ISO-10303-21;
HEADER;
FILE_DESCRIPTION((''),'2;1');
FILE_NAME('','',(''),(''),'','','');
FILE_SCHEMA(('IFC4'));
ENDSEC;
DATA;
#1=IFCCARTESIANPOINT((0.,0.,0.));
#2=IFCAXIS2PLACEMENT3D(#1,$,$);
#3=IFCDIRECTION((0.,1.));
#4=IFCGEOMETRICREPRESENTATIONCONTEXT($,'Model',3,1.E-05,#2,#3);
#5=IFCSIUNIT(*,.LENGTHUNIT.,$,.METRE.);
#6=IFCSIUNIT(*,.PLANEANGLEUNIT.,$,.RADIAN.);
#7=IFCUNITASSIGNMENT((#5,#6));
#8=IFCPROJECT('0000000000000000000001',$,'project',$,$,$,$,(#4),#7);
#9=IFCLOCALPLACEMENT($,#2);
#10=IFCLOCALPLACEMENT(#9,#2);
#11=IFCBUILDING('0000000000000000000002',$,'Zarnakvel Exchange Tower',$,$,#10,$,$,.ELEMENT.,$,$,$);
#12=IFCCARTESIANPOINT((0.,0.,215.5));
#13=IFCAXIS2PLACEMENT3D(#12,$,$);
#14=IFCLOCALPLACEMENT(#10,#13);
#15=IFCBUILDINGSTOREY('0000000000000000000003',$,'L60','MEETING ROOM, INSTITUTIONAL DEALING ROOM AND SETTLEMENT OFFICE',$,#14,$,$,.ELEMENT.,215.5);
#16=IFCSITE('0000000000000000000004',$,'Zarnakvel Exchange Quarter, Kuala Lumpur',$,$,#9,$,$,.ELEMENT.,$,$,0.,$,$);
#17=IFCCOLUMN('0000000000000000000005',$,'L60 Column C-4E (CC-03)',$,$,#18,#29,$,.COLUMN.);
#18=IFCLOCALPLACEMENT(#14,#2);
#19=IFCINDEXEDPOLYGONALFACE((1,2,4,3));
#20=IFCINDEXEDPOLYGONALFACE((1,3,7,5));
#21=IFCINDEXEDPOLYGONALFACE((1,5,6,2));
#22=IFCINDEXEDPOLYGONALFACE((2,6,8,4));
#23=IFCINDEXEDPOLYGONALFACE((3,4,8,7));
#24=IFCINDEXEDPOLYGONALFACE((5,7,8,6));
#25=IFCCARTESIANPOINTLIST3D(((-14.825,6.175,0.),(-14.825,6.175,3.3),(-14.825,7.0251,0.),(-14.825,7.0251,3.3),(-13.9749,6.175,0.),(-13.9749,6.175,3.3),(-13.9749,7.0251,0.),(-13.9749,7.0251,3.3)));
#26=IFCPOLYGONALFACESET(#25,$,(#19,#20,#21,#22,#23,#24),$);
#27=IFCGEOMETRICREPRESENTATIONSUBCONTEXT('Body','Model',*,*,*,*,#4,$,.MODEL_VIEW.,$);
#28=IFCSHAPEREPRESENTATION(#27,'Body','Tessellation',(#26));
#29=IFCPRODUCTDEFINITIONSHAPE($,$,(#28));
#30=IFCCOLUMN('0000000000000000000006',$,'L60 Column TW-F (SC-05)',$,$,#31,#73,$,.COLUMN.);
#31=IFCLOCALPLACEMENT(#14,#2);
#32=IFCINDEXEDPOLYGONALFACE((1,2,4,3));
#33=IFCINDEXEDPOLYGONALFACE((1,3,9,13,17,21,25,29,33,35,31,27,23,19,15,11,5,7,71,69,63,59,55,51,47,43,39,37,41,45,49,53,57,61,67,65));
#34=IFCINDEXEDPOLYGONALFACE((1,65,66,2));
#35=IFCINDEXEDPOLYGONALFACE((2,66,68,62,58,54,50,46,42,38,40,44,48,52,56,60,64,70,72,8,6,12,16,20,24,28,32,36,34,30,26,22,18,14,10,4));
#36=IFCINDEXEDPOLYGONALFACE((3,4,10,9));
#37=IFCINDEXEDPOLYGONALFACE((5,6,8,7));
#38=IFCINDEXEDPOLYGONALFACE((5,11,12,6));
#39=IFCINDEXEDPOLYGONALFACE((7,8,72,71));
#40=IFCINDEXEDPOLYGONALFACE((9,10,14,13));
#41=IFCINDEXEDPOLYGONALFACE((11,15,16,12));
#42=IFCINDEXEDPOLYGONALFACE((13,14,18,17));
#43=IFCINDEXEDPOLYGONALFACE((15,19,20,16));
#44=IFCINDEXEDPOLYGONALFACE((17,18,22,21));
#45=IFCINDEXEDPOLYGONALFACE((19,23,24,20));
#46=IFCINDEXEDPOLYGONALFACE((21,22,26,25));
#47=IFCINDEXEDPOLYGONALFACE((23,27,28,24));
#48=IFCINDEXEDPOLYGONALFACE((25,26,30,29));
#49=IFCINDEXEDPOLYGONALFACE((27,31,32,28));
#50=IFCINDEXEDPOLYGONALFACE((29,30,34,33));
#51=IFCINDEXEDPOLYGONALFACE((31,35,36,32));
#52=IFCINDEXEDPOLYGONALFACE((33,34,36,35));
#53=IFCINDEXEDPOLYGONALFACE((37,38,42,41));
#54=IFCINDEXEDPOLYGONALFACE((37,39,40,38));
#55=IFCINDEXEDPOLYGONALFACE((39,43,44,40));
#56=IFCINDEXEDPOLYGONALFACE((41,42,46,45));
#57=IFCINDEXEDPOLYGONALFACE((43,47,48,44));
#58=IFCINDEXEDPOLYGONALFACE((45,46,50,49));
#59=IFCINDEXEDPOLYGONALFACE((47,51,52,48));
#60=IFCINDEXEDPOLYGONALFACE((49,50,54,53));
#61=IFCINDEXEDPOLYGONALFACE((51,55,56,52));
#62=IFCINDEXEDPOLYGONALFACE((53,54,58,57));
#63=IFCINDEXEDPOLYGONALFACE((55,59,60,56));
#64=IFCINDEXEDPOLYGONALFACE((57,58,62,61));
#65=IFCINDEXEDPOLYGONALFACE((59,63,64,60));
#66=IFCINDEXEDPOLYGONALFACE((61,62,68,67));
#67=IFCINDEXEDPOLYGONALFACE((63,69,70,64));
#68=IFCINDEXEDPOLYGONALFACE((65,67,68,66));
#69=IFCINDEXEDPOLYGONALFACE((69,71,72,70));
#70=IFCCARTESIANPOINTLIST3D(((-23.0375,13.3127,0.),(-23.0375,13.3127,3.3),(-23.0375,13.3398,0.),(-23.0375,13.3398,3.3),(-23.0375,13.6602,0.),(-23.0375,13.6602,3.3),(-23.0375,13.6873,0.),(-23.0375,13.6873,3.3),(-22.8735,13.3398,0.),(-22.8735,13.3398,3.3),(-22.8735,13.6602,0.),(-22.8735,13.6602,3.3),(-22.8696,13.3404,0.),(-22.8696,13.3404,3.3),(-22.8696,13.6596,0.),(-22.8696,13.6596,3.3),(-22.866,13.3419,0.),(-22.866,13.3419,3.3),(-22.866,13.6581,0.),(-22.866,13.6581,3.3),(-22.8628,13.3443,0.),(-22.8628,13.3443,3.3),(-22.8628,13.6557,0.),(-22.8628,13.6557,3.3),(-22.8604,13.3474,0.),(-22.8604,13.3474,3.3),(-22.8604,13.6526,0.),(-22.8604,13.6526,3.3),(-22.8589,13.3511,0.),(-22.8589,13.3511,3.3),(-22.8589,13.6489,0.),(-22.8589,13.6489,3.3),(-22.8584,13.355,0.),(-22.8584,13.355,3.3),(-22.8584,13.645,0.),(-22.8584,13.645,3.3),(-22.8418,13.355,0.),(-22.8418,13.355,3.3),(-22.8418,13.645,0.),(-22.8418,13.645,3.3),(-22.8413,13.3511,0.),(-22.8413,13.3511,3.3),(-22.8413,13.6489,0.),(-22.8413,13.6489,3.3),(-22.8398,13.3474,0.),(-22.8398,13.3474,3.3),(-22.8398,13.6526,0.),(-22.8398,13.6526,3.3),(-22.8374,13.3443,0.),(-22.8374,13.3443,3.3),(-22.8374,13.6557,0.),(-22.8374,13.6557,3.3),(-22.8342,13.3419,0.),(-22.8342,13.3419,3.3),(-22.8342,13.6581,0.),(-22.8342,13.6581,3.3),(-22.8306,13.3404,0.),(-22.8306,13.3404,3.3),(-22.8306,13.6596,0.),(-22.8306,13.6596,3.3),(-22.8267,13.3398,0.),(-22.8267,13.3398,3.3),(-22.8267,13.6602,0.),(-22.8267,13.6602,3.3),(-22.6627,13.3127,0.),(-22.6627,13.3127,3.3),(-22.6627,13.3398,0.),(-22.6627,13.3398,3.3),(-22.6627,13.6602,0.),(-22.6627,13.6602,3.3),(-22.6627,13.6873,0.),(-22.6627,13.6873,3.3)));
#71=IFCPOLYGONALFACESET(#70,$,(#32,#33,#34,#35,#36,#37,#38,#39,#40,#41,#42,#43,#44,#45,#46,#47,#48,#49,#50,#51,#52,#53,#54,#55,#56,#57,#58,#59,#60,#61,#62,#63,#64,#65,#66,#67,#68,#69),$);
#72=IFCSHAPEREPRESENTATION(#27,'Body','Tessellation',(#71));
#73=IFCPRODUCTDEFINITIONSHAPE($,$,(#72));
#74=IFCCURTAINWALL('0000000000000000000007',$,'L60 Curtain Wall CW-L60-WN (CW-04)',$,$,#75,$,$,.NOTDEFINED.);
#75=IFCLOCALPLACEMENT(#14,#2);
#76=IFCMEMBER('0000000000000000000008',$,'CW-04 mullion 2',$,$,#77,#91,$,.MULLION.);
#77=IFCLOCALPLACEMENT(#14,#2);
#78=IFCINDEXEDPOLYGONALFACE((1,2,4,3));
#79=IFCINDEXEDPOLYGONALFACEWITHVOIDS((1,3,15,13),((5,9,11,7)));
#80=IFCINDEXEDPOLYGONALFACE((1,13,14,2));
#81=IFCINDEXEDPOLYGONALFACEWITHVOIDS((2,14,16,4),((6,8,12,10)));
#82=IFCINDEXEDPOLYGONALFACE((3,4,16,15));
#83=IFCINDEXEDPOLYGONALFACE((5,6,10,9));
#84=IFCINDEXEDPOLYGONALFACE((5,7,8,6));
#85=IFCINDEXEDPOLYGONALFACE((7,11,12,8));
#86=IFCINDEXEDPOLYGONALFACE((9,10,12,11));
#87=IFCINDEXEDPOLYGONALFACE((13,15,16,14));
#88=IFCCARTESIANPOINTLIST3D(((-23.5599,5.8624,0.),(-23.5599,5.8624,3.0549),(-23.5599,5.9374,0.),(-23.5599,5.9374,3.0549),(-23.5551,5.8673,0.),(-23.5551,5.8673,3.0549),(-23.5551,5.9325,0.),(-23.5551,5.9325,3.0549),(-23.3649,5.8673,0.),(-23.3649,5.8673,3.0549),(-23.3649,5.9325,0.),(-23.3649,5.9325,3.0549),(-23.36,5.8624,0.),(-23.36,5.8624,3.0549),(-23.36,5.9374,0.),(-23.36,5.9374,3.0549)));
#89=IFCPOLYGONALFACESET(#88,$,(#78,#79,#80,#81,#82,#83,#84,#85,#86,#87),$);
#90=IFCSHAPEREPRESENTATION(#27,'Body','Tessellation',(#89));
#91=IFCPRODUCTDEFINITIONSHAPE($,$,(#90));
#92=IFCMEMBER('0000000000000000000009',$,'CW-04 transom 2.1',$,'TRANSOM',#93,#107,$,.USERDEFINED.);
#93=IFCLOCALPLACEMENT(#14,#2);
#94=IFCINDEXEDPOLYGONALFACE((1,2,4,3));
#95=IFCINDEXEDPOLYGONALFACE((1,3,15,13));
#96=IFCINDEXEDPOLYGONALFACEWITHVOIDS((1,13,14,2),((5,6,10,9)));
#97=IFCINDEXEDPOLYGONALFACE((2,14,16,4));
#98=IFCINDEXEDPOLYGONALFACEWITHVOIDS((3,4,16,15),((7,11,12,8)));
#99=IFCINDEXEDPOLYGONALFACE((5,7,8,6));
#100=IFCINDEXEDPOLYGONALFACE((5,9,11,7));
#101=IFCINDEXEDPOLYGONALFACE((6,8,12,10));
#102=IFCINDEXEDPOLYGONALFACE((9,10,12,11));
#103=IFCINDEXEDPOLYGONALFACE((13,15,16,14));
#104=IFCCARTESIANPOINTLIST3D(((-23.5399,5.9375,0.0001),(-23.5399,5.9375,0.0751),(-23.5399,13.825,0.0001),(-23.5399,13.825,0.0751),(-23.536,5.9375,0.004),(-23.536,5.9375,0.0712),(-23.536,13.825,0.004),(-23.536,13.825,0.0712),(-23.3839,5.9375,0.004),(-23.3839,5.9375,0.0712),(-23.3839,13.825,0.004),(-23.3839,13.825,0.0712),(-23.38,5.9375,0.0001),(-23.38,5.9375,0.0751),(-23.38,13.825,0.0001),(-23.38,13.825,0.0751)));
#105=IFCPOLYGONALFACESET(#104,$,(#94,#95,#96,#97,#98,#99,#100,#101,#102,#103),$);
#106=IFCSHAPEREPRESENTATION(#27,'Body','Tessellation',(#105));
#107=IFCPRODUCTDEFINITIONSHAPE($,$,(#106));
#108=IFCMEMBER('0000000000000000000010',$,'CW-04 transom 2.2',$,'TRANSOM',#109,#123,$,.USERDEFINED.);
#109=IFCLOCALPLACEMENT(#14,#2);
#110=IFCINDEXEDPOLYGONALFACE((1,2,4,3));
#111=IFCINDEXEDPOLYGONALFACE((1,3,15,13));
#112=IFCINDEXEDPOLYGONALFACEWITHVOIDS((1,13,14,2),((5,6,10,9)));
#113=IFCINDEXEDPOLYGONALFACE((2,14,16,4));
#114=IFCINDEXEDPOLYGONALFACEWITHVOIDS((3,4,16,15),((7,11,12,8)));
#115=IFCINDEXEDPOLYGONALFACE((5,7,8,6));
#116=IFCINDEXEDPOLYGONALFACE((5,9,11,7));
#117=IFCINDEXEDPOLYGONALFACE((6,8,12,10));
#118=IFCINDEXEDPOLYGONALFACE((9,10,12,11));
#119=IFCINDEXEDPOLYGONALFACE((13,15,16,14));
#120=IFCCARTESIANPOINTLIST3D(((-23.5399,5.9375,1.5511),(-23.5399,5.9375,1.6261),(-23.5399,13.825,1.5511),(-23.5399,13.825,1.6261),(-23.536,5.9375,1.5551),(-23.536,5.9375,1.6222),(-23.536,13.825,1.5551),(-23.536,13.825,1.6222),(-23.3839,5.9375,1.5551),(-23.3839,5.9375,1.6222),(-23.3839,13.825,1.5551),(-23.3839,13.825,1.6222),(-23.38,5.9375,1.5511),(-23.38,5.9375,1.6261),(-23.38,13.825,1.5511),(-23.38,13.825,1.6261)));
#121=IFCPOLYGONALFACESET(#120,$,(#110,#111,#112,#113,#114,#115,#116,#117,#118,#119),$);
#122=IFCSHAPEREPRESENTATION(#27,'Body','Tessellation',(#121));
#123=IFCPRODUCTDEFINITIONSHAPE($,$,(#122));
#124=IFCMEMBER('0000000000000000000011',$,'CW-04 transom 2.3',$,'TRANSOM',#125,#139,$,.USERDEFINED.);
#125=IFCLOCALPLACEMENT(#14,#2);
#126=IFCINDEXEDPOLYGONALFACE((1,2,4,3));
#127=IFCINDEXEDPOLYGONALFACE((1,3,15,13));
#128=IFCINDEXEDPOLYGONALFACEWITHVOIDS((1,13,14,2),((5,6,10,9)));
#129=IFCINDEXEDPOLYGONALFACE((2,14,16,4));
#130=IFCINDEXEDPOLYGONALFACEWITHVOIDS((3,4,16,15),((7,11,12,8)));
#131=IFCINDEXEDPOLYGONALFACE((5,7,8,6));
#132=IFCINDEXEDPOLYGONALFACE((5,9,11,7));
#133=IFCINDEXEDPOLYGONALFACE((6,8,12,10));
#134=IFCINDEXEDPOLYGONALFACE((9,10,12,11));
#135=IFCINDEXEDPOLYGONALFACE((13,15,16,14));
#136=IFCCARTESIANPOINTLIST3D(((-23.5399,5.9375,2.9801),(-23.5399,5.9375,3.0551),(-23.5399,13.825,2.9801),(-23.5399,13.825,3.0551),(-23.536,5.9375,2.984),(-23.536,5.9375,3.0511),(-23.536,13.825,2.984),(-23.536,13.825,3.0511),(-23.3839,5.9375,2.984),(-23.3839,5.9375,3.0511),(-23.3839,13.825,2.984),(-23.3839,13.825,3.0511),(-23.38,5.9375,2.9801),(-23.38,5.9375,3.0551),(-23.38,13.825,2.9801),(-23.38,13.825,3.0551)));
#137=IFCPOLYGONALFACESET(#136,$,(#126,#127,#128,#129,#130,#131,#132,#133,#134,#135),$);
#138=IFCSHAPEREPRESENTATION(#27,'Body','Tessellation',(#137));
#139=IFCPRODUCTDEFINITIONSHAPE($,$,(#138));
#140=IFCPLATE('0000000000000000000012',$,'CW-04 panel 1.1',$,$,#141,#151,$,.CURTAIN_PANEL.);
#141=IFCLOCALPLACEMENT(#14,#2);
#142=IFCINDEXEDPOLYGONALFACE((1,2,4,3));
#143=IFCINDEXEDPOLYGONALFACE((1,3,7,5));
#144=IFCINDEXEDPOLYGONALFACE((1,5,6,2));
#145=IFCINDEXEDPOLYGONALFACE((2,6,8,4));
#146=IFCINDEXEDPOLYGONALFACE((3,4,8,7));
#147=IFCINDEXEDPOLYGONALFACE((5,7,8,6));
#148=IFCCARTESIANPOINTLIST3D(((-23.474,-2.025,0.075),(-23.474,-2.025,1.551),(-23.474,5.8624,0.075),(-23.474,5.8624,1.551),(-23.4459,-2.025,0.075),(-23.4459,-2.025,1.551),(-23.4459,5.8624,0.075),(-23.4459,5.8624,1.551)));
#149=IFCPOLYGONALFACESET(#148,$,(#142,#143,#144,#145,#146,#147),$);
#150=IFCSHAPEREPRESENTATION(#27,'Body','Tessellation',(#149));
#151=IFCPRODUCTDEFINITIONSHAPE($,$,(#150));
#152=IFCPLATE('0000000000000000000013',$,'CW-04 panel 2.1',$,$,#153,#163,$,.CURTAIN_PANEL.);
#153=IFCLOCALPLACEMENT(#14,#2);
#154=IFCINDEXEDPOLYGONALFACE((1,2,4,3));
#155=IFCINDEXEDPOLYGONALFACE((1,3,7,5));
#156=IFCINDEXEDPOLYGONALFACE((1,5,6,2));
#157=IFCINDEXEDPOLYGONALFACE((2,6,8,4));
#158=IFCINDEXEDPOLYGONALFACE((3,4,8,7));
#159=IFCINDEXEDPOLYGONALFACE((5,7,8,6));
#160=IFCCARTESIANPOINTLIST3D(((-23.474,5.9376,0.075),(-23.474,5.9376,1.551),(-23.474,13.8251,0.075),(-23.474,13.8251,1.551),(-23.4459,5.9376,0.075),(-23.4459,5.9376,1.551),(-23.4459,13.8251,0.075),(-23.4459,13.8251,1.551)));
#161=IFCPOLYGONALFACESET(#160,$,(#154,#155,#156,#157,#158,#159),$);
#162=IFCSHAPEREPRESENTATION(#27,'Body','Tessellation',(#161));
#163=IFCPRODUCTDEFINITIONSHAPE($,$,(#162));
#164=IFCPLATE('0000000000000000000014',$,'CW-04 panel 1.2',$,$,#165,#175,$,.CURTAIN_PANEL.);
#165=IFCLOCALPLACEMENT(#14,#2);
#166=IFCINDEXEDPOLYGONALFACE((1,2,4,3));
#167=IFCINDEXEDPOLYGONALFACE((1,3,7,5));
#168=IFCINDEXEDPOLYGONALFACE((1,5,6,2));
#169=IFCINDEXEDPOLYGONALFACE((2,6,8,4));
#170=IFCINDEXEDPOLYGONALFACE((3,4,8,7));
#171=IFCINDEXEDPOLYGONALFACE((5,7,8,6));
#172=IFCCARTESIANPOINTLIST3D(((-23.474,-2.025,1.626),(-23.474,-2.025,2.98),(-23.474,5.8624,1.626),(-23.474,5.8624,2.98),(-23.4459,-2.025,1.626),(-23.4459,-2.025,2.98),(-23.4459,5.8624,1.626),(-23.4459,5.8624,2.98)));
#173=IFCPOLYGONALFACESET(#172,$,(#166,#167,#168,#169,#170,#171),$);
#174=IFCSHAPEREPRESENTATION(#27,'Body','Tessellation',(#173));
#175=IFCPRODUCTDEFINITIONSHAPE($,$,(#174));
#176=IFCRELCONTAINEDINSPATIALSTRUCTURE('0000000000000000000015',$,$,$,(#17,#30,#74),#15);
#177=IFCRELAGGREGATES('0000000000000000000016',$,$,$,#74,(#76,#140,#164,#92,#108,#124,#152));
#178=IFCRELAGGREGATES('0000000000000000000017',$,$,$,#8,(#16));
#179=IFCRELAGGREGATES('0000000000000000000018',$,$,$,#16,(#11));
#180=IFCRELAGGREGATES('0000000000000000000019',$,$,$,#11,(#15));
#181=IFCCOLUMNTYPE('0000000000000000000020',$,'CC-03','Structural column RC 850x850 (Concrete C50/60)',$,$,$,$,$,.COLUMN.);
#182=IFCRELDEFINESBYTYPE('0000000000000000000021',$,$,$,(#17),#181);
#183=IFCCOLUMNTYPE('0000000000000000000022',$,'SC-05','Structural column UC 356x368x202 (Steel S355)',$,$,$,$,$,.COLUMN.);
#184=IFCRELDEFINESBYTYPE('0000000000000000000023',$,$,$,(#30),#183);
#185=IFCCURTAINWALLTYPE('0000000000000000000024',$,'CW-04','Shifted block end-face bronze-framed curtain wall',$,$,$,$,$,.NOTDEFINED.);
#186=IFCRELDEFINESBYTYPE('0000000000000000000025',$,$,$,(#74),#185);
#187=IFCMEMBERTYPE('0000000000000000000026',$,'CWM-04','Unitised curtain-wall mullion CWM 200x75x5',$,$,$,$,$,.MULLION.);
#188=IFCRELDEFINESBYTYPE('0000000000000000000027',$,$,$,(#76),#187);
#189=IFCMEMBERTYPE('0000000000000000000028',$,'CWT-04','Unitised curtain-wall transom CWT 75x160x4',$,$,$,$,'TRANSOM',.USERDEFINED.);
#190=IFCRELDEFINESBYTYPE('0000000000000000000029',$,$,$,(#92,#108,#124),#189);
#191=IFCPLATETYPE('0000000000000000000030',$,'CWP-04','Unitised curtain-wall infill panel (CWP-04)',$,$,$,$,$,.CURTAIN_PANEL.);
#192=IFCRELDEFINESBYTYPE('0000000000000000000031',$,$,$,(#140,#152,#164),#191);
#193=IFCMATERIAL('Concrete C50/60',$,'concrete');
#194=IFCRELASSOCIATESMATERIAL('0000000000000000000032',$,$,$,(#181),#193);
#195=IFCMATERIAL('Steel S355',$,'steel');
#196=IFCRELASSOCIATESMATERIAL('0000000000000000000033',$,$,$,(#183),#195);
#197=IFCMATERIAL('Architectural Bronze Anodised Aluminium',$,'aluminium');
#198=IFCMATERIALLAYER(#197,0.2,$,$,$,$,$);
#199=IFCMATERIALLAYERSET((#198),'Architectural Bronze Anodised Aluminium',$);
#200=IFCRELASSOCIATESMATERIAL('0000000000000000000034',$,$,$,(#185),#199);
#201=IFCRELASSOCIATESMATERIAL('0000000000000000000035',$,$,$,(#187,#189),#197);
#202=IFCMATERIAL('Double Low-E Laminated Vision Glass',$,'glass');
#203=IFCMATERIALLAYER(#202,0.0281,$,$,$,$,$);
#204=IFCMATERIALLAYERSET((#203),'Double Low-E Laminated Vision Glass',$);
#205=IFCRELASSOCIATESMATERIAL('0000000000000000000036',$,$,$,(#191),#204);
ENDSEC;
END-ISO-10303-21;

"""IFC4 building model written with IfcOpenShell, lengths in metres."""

from ifc_helpers import new_model, si_unit, direction, frame, origin, origin_2d, place, context, subcontext, project, spatial, rectangle, hollow_rectangle, i_section, extrude, source, transform, mapped, material, layer, layer_set, material_profile, profile_set, type_object, element, aggregate, save


model = new_model("IFC4")

# Units and contexts
model_context = context("Model", 3, precision=1e-05, world=origin(), true_north=direction((0.0, 1.0)))
body_context = subcontext(model_context, "Body", "Model", "MODEL_VIEW")
ifc_project = project(units=[si_unit("LENGTHUNIT", "METRE"), si_unit("PLANEANGLEUNIT", "RADIAN")], contexts=[model_context])

# Site, building, storey
site_placement = place(None, origin())
site = spatial("IfcSite", under=ifc_project, at=site_placement, Name="Zarnakvel Exchange Quarter, Kuala Lumpur", CompositionType="ELEMENT", RefElevation=0.0)
building_placement = place(site_placement, origin())
building = spatial("IfcBuilding", under=site, at=building_placement, Name="Zarnakvel Exchange Tower", CompositionType="ELEMENT")
storey_placement = place(building_placement, frame((0.0, 0.0, 215.5)))
storey = spatial("IfcBuildingStorey", under=building, at=storey_placement, Name="L60", Description="MEETING ROOM, INSTITUTIONAL DEALING ROOM AND SETTLEMENT OFFICE", CompositionType="ELEMENT", Elevation=215.5)

# Columns
ifc_material_1 = material(Name="Concrete C50/60", Category="concrete")
ifc_material_profile_1 = material_profile(ifc_material_1, rectangle(XDim=0.8501, YDim=0.8501, at=origin_2d()))
ifc_profile_set_1 = profile_set([ifc_material_profile_1], Name="Concrete C50/60")
column_type_1 = type_object("IfcColumnType", Name="CC-03", Description="Structural column RC 850x850 (Concrete C50/60)", PredefinedType="COLUMN", material=ifc_profile_set_1)
column_1_placement = place(storey_placement, frame((-14.3999, 6.6001, 0.0), z_axis=(0.0, 0.0, 1.0), x_axis=(1.0, 0.0, 0.0)))
element("IfcColumn", 1, at=column_1_placement, inside=storey, type_object=column_type_1, Name="L60 Column C-4E (CC-03)", PredefinedType="COLUMN", context=body_context, shape_type="SweptSolid", body=[
    extrude(rectangle(XDim=0.8501, YDim=0.8501, at=origin_2d()), origin(), (0.0, 0.0, 1.0), 3.3),
])
ifc_material_2 = material(Name="Steel S355", Category="steel")
ifc_material_profile_2 = material_profile(ifc_material_2, i_section(OverallWidth=0.3748, OverallDepth=0.3745, WebThickness=0.0166, FlangeThickness=0.0271, FilletRadius=0.0151, at=origin_2d()))
ifc_profile_set_2 = profile_set([ifc_material_profile_2], Name="Steel S355")
column_type_2 = type_object("IfcColumnType", Name="SC-05", Description="Structural column UC 356x368x202 (Steel S355)", PredefinedType="COLUMN", material=ifc_profile_set_2)
column_2_placement = place(storey_placement, frame((-22.8501, 13.5, 0.0), z_axis=(0.0, 0.0, 1.0), x_axis=(1.0, 0.0, 0.0)))
element("IfcColumn", 2, at=column_2_placement, inside=storey, type_object=column_type_2, Name="L60 Column TW-F (SC-05)", PredefinedType="COLUMN", context=body_context, shape_type="SweptSolid", body=[
    extrude(i_section(OverallWidth=0.3748, OverallDepth=0.3745, WebThickness=0.0166, FlangeThickness=0.0271, FilletRadius=0.0151, at=origin_2d()), origin(), (0.0, 0.0, 1.0), 3.3),
])

# Curtain wall, members, plates
ifc_material_3 = material(Name="Architectural Bronze Anodised Aluminium", Category="aluminium")
ifc_layer_1 = layer(ifc_material_3, 0.2)
ifc_layer_set_1 = layer_set([ifc_layer_1], Name="Architectural Bronze Anodised Aluminium")
curtain_wall_type = type_object("IfcCurtainWallType", Name="CW-04", Description="Shifted block end-face bronze-framed curtain wall", PredefinedType="NOTDEFINED", material=ifc_layer_set_1)
curtain_wall_placement = place(storey_placement, origin())
curtain_wall = element("IfcCurtainWall", 3, at=curtain_wall_placement, inside=storey, type_object=curtain_wall_type, Name="L60 Curtain Wall CW-L60-WN (CW-04)", PredefinedType="NOTDEFINED")
ifc_material_profile_3 = material_profile(ifc_material_3, hollow_rectangle(XDim=0.2, YDim=0.075, WallThickness=0.0049, at=origin_2d()))
ifc_profile_set_3 = profile_set([ifc_material_profile_3], Name="Architectural Bronze Anodised Aluminium")
member_type_1 = type_object("IfcMemberType", Name="CWM-04", Description="Unitised curtain-wall mullion CWM 200x75x5", PredefinedType="MULLION", material=ifc_profile_set_3)
shared_shape_1 = source(origin(), body_context, "Body", "SweptSolid", [
    extrude(hollow_rectangle(XDim=0.2, YDim=0.075, WallThickness=0.0049, at=origin_2d()), origin(), (0.0, 0.0, 1.0), 3.0549),
])
member_1_placement = place(storey_placement, frame((-23.46, 5.8999, 0.0), z_axis=(0.0, 0.0, 1.0), x_axis=(-1.0, 0.0, 0.0)))
member_1 = element("IfcMember", 4, at=member_1_placement, type_object=member_type_1, Name="CW-04 mullion 2", PredefinedType="MULLION", context=body_context, shape_type="MappedRepresentation", body=[
    mapped(shared_shape_1, transform((0.0, 0.0, 0.0), x_axis=(1.0, 0.0, 0.0), y_axis=(0.0, 1.0, 0.0), z_axis=(0.0, 0.0, 1.0), scale=1.0)),
])
ifc_material_profile_4 = material_profile(ifc_material_3, hollow_rectangle(XDim=0.1599, YDim=0.075, WallThickness=0.0039, at=origin_2d()))
ifc_profile_set_4 = profile_set([ifc_material_profile_4], Name="Architectural Bronze Anodised Aluminium")
member_type_2 = type_object("IfcMemberType", Name="CWT-04", Description="Unitised curtain-wall transom CWT 75x160x4", ElementType="TRANSOM", PredefinedType="USERDEFINED", material=ifc_profile_set_4)
shared_shape_2 = source(origin(), body_context, "Body", "SweptSolid", [
    extrude(hollow_rectangle(XDim=0.1599, YDim=0.075, WallThickness=0.0039, at=origin_2d()), origin(), (0.0, 0.0, 1.0), 7.8875),
])
member_2_placement = place(storey_placement, frame((-23.46, 5.9375, 0.0376), z_axis=(0.0, 1.0, 0.0), x_axis=(-1.0, 0.0, 0.0)))
member_2 = element("IfcMember", 5, at=member_2_placement, type_object=member_type_2, Name="CW-04 transom 2.1", ObjectType="TRANSOM", PredefinedType="USERDEFINED", context=body_context, shape_type="MappedRepresentation", body=[
    mapped(shared_shape_2, transform((0.0, 0.0, 0.0), x_axis=(1.0, 0.0, 0.0), y_axis=(0.0, 1.0, 0.0), z_axis=(0.0, 0.0, 1.0), scale=1.0)),
])
member_3_placement = place(storey_placement, frame((-23.46, 5.9375, 1.5886), z_axis=(0.0, 1.0, 0.0), x_axis=(-1.0, 0.0, 0.0)))
member_3 = element("IfcMember", 6, at=member_3_placement, type_object=member_type_2, Name="CW-04 transom 2.2", ObjectType="TRANSOM", PredefinedType="USERDEFINED", context=body_context, shape_type="MappedRepresentation", body=[
    mapped(shared_shape_2, transform((0.0, 0.0, 0.0), x_axis=(1.0, 0.0, 0.0), y_axis=(0.0, 1.0, 0.0), z_axis=(0.0, 0.0, 1.0), scale=1.0)),
])
member_4_placement = place(storey_placement, frame((-23.46, 5.9375, 3.0176), z_axis=(0.0, 1.0, 0.0), x_axis=(-1.0, 0.0, 0.0)))
member_4 = element("IfcMember", 7, at=member_4_placement, type_object=member_type_2, Name="CW-04 transom 2.3", ObjectType="TRANSOM", PredefinedType="USERDEFINED", context=body_context, shape_type="MappedRepresentation", body=[
    mapped(shared_shape_2, transform((0.0, 0.0, 0.0), x_axis=(1.0, 0.0, 0.0), y_axis=(0.0, 1.0, 0.0), z_axis=(0.0, 0.0, 1.0), scale=1.0)),
])
ifc_material_4 = material(Name="Double Low-E Laminated Vision Glass", Category="glass")
ifc_layer_2 = layer(ifc_material_4, 0.0281)
ifc_layer_set_2 = layer_set([ifc_layer_2], Name="Double Low-E Laminated Vision Glass")
plate_type = type_object("IfcPlateType", Name="CWP-04", Description="Unitised curtain-wall infill panel (CWP-04)", PredefinedType="CURTAIN_PANEL", material=ifc_layer_set_2)
shared_shape_3 = source(origin(), body_context, "Body", "SweptSolid", [
    extrude(rectangle(XDim=7.8875, YDim=0.0281, at=origin_2d()), origin(), (0.0, 0.0, 1.0), 1.4761),
])
plate_1_placement = place(storey_placement, frame((-23.46, 1.9187, 0.075), z_axis=(0.0, 0.0, 1.0), x_axis=(0.0, 1.0, 0.0)))
plate_1 = element("IfcPlate", 8, at=plate_1_placement, type_object=plate_type, Name="CW-04 panel 1.1", PredefinedType="CURTAIN_PANEL", context=body_context, shape_type="MappedRepresentation", body=[
    mapped(shared_shape_3, transform((0.0, 0.0, 0.0), x_axis=(1.0, 0.0, 0.0), y_axis=(0.0, 1.0, 0.0), z_axis=(0.0, 0.0, 1.0), scale=1.0)),
])
plate_2_placement = place(storey_placement, frame((-23.46, 9.8813, 0.075), z_axis=(0.0, 0.0, 1.0), x_axis=(0.0, 1.0, 0.0)))
plate_2 = element("IfcPlate", 9, at=plate_2_placement, type_object=plate_type, Name="CW-04 panel 2.1", PredefinedType="CURTAIN_PANEL", context=body_context, shape_type="MappedRepresentation", body=[
    mapped(shared_shape_3, transform((0.0, 0.0, 0.0), x_axis=(1.0, 0.0, 0.0), y_axis=(0.0, 1.0, 0.0), z_axis=(0.0, 0.0, 1.0), scale=1.0)),
])
shared_shape_4 = source(origin(), body_context, "Body", "SweptSolid", [
    extrude(rectangle(XDim=7.8875, YDim=0.0281, at=origin_2d()), origin(), (0.0, 0.0, 1.0), 1.354),
])
plate_3_placement = place(storey_placement, frame((-23.46, 1.9187, 1.626), z_axis=(0.0, 0.0, 1.0), x_axis=(0.0, 1.0, 0.0)))
plate_3 = element("IfcPlate", 10, at=plate_3_placement, type_object=plate_type, Name="CW-04 panel 1.2", PredefinedType="CURTAIN_PANEL", context=body_context, shape_type="MappedRepresentation", body=[
    mapped(shared_shape_4, transform((0.0, 0.0, 0.0), x_axis=(1.0, 0.0, 0.0), y_axis=(0.0, 1.0, 0.0), z_axis=(0.0, 0.0, 1.0), scale=1.0)),
])
aggregate(curtain_wall, [member_1, plate_1, plate_3, member_2, member_3, member_4, plate_2])

save(model, "model.ifc")
